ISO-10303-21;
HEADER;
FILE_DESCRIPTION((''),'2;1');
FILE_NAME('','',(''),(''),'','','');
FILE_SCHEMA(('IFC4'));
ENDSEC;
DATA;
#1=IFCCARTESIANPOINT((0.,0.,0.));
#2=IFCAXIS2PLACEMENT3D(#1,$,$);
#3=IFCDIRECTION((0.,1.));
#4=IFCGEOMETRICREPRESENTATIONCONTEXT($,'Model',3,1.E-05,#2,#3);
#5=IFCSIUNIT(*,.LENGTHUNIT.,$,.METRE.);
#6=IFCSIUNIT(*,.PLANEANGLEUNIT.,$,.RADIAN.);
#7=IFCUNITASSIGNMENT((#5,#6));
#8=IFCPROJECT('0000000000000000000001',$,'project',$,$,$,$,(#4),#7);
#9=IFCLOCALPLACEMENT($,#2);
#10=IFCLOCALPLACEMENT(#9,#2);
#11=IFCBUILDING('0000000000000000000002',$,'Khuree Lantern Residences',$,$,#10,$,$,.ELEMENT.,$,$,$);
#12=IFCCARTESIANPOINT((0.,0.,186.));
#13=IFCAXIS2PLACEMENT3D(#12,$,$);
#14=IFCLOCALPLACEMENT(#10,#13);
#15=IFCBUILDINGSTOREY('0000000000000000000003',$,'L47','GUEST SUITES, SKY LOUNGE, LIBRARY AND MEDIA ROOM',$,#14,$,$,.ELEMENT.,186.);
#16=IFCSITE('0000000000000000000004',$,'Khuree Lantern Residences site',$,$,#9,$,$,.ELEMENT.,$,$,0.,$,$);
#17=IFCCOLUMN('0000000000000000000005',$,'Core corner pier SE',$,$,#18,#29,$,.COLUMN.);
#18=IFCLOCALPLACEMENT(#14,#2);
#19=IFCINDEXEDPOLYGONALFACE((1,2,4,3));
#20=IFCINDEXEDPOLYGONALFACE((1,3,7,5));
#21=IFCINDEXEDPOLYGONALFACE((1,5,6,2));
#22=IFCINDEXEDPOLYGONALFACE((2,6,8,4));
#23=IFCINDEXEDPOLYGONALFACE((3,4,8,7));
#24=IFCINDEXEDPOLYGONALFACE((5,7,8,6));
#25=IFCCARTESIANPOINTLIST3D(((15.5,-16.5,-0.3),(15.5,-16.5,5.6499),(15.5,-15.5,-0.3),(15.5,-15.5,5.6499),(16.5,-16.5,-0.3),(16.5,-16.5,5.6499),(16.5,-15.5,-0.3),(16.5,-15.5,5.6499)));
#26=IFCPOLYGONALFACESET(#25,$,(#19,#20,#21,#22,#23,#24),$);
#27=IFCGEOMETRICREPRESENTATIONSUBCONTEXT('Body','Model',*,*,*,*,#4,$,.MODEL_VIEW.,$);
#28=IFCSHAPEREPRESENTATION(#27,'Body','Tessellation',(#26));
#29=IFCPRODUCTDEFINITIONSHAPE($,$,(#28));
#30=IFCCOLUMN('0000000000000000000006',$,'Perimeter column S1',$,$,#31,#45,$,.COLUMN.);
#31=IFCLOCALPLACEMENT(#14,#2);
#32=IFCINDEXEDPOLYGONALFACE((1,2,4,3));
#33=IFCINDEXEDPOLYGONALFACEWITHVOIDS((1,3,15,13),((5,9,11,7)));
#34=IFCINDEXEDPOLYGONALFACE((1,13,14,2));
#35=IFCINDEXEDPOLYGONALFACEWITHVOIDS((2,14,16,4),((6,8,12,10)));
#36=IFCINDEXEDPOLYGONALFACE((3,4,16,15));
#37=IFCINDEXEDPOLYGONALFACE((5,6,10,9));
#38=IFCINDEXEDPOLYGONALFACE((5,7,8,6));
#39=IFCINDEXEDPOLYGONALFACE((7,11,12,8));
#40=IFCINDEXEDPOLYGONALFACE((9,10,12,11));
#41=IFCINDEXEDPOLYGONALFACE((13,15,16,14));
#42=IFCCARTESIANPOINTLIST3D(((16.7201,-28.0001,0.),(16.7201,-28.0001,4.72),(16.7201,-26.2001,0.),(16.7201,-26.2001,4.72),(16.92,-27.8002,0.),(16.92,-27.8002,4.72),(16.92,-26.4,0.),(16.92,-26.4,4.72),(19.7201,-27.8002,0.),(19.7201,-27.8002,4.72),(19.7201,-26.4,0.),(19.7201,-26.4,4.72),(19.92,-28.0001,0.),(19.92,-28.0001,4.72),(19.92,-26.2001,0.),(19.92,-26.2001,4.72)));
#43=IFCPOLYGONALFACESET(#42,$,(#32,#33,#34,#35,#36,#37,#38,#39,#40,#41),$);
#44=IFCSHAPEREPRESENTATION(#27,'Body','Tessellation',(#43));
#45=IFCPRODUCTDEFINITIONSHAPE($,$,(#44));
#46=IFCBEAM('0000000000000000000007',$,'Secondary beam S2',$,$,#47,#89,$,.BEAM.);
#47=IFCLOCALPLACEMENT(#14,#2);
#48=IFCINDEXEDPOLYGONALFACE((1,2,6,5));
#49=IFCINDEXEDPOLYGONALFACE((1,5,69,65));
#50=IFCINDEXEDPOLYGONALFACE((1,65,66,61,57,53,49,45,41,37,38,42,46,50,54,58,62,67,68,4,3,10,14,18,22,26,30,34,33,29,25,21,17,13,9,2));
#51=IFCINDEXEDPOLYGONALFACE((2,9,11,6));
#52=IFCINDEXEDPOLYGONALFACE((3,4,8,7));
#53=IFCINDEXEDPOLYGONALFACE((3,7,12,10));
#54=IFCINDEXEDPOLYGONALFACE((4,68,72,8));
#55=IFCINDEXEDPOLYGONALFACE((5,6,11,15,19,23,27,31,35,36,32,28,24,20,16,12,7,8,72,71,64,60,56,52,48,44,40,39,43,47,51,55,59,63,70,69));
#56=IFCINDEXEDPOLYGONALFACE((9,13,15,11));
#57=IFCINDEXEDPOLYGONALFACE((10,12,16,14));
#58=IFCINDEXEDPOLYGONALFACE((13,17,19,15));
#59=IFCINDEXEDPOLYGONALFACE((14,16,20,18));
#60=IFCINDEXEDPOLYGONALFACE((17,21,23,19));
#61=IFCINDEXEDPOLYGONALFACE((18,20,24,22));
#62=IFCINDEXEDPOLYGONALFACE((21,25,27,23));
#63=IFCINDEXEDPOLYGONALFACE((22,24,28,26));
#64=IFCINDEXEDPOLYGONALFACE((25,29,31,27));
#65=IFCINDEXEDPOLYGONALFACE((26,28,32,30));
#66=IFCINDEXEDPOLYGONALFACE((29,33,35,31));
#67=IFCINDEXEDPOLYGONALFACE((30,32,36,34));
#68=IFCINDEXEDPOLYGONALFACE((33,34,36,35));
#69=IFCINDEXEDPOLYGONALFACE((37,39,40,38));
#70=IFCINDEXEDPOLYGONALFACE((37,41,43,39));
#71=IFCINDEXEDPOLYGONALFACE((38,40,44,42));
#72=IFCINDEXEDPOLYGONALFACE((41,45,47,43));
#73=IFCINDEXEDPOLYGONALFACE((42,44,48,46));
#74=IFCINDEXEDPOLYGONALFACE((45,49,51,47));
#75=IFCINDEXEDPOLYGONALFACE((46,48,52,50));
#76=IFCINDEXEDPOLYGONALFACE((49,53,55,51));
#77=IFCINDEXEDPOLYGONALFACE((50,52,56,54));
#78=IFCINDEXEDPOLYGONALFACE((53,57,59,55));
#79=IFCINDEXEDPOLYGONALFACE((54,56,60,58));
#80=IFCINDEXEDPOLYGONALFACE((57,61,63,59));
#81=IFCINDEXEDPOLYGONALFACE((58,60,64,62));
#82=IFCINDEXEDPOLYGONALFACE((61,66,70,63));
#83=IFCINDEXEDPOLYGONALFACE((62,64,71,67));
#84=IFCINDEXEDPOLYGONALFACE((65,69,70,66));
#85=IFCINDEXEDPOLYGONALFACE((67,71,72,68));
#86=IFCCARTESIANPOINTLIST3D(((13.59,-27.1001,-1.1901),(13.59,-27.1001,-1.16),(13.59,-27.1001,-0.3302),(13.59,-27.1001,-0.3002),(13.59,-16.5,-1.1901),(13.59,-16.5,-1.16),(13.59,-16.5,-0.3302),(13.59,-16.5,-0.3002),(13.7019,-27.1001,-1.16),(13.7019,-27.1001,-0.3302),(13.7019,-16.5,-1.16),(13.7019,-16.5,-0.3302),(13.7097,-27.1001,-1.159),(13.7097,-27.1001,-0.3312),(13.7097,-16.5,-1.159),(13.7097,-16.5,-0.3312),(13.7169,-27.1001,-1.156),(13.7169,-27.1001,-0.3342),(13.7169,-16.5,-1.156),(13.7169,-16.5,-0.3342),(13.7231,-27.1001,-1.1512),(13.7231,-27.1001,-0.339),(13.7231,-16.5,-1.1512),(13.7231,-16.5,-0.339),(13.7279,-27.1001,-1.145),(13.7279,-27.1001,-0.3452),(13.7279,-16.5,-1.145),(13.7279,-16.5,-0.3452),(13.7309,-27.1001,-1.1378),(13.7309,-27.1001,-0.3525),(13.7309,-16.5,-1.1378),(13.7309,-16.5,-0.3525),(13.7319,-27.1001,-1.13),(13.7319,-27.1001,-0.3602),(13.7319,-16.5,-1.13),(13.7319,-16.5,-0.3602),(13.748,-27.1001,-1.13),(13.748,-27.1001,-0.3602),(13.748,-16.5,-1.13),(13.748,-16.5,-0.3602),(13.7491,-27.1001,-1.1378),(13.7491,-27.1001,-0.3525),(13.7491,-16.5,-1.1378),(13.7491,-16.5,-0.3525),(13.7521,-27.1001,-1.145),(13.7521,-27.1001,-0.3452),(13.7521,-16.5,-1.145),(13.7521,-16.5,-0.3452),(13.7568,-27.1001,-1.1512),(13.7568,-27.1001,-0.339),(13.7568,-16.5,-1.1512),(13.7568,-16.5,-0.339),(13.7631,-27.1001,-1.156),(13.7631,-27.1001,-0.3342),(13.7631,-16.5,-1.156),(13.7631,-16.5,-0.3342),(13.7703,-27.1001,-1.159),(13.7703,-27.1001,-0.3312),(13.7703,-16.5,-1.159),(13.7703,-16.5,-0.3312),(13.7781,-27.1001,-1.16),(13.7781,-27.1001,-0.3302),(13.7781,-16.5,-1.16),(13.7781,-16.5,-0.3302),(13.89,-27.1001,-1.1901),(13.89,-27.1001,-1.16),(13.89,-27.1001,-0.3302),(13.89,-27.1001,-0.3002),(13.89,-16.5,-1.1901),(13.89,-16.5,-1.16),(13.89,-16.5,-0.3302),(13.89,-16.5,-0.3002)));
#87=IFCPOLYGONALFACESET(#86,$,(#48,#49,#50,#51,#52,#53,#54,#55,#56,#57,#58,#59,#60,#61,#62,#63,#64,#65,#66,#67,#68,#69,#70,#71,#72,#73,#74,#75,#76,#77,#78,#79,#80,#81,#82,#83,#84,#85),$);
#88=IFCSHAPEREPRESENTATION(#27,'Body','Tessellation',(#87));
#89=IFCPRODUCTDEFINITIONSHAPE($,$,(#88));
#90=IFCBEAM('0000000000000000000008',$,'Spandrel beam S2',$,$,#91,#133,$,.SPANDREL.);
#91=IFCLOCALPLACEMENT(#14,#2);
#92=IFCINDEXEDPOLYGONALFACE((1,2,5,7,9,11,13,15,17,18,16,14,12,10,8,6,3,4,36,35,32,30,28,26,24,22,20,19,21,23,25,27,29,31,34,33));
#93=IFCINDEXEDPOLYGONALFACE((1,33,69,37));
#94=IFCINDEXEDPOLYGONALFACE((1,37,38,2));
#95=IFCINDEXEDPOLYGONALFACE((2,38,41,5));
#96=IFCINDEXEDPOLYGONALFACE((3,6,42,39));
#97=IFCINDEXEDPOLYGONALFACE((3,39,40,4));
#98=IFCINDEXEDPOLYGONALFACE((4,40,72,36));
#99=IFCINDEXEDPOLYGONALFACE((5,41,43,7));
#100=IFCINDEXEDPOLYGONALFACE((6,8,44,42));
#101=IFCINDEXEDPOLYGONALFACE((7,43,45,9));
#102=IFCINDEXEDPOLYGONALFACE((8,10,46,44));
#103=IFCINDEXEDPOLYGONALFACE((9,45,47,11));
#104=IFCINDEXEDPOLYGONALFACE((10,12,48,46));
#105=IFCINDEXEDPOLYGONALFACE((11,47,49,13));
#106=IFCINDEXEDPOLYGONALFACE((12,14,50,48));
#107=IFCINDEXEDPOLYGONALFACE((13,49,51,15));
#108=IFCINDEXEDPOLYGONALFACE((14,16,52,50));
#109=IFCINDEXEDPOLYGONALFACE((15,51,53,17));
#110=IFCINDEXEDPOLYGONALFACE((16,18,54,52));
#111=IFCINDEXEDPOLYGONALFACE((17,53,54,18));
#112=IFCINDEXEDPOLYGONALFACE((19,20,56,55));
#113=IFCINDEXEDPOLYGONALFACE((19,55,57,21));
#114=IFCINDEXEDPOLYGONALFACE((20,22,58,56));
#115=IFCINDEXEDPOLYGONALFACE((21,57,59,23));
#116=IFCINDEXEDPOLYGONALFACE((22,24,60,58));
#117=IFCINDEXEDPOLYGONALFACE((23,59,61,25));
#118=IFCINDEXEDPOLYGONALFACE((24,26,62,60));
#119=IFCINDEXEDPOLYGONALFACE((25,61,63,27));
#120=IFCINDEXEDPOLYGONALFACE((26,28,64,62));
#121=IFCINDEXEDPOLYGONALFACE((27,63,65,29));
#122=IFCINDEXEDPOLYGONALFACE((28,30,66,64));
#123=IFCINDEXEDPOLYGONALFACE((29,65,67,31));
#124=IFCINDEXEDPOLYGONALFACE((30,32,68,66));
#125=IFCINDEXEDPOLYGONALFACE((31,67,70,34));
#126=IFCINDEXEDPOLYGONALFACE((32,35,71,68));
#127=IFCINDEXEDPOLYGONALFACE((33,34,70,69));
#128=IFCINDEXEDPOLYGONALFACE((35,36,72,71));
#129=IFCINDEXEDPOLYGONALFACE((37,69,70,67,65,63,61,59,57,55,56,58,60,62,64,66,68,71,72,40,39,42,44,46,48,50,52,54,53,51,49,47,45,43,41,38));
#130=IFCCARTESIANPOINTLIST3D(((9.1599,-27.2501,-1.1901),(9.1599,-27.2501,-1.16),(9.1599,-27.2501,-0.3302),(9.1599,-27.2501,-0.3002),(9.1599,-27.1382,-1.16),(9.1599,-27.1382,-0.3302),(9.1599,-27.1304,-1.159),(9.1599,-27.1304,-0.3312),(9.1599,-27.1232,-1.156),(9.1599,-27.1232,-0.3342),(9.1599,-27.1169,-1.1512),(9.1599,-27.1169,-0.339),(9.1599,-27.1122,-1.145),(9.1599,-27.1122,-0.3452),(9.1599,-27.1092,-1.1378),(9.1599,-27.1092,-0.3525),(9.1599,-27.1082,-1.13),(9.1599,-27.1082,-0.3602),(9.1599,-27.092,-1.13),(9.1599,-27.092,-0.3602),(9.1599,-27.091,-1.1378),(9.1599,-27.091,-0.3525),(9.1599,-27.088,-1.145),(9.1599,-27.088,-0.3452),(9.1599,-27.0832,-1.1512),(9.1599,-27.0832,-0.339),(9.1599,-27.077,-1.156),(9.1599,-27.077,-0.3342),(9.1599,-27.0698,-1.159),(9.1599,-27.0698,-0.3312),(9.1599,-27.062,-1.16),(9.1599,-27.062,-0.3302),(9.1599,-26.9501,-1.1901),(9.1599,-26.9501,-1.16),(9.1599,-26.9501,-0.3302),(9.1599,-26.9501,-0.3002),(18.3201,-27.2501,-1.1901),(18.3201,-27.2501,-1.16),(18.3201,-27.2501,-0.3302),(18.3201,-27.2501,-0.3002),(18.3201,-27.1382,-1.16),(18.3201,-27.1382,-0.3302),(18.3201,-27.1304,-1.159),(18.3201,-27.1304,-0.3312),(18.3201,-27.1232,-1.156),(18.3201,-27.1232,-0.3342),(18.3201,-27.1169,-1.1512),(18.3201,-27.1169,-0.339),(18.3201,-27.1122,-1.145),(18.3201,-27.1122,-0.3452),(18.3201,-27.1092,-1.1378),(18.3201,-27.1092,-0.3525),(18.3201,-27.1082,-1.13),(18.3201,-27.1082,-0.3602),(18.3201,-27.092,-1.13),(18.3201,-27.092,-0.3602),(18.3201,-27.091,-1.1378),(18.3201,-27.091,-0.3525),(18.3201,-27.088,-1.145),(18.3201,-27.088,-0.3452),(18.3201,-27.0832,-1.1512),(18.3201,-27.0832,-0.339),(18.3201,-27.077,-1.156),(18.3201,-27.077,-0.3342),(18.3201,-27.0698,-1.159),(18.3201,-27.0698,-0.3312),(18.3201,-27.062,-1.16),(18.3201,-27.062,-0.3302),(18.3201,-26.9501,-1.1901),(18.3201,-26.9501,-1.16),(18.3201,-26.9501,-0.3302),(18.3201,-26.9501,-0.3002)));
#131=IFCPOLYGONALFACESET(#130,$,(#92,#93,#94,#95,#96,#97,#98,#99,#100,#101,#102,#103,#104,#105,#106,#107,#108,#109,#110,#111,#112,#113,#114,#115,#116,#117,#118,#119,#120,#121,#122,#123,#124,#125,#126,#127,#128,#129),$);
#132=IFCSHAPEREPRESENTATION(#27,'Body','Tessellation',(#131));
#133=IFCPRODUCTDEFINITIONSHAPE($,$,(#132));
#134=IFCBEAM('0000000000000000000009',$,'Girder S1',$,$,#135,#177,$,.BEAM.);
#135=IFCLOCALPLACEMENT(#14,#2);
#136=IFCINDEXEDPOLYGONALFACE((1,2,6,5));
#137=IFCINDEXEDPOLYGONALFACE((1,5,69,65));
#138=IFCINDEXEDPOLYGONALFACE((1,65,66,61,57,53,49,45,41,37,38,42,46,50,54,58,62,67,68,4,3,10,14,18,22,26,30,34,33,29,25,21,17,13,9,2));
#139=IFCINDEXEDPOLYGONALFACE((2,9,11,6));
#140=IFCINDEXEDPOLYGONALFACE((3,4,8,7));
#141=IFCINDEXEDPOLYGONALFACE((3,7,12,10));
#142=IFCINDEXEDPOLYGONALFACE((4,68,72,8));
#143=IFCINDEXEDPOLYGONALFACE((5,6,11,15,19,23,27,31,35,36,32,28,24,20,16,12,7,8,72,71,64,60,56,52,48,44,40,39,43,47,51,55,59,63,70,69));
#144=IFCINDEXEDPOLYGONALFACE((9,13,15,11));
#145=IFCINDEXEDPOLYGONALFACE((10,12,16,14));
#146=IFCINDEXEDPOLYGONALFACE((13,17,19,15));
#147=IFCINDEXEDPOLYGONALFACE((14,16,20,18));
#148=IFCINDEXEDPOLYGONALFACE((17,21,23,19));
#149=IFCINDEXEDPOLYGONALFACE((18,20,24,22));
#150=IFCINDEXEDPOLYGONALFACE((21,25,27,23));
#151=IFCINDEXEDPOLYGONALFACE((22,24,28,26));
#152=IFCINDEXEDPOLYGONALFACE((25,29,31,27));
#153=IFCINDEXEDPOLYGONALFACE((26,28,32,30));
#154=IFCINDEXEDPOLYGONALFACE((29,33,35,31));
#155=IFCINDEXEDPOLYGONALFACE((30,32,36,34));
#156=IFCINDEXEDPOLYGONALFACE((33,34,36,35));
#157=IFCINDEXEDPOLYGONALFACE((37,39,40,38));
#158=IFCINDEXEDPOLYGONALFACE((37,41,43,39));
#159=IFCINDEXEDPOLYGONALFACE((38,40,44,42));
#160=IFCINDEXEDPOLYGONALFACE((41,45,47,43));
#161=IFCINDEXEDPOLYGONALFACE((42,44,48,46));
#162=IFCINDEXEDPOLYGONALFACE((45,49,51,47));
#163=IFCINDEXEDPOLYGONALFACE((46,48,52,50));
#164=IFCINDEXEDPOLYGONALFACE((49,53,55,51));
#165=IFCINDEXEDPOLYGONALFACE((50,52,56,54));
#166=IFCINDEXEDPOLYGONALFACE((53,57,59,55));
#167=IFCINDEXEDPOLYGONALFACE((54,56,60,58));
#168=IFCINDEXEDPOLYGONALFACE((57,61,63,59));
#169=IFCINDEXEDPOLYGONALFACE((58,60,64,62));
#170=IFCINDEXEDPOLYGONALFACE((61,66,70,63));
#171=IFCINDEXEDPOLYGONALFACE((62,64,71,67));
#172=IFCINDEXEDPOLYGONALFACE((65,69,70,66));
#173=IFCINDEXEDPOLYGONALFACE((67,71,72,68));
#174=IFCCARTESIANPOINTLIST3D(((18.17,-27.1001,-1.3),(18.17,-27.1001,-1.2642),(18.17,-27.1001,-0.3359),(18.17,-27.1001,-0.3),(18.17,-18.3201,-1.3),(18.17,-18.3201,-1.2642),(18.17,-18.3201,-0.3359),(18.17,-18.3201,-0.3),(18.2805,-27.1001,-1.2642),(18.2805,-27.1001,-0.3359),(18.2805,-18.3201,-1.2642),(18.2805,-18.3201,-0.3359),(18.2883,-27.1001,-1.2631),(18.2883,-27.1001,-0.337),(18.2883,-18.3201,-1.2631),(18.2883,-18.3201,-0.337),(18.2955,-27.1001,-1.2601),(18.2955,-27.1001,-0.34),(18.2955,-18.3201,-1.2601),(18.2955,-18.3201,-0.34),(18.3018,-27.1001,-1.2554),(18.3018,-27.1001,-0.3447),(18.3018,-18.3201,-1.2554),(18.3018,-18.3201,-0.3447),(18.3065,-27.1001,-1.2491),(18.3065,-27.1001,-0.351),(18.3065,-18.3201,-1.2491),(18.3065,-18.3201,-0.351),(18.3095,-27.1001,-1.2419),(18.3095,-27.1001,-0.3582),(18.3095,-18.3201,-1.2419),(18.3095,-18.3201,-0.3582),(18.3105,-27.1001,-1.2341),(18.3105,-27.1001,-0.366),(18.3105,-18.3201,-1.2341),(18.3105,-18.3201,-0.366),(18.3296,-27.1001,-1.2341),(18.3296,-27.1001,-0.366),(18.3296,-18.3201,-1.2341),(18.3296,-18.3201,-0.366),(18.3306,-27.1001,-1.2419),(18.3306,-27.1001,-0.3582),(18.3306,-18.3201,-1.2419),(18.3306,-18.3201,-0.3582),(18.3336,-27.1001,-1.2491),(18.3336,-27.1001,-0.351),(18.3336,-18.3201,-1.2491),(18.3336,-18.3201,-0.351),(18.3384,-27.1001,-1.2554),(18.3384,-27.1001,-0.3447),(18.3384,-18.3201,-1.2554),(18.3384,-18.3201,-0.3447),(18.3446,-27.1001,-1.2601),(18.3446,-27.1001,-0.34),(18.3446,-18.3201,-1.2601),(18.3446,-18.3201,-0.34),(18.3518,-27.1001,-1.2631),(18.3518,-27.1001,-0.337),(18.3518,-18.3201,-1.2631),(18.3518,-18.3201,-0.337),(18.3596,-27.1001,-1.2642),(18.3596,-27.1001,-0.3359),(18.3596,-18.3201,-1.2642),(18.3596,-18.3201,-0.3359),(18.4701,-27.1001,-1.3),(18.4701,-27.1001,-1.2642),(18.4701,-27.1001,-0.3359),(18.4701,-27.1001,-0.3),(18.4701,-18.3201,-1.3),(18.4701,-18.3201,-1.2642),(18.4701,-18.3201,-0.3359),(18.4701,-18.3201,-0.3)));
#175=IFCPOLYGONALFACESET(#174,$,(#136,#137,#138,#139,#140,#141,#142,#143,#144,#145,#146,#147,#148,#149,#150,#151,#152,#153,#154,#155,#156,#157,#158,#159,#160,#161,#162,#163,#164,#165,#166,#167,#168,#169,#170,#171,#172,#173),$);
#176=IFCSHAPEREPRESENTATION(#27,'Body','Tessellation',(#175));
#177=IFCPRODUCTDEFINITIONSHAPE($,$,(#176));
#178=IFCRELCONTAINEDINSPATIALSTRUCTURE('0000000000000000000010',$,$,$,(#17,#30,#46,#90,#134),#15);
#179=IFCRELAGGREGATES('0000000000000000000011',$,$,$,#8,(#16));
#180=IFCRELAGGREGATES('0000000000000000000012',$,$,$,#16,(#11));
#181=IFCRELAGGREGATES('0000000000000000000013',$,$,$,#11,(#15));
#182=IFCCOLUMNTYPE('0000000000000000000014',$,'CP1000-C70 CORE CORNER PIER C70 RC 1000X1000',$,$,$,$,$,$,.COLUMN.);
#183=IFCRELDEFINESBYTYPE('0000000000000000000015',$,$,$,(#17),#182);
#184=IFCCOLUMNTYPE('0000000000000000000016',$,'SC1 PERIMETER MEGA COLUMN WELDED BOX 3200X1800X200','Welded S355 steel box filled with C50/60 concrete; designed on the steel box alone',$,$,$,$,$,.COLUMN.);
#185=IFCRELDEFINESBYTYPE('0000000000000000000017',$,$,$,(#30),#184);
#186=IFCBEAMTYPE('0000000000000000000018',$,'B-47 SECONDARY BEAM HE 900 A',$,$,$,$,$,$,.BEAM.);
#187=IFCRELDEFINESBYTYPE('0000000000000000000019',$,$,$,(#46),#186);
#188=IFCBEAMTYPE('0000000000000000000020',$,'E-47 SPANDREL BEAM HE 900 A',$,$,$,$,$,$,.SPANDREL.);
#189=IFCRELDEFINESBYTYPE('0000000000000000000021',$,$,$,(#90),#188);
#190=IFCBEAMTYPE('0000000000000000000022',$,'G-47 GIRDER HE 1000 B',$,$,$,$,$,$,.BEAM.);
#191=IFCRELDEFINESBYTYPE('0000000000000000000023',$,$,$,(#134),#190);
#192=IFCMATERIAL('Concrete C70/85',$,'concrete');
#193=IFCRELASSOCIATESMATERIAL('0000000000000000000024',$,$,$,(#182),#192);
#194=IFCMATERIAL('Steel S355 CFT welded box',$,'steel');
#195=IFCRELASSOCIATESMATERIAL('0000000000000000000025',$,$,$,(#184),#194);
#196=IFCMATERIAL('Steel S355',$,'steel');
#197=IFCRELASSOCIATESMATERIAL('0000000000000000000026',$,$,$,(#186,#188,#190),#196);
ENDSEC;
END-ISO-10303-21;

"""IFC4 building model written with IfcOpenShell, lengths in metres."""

from ifc_helpers import new_model, si_unit, direction, frame, origin, origin_2d, place, context, subcontext, project, spatial, rectangle, hollow_rectangle, i_section, extrude, material, material_profile, profile_set, type_object, element, save


model = new_model("IFC4")

# Units and contexts
model_context = context("Model", 3, precision=1e-05, world=origin(), true_north=direction((0.0, 1.0)))
body_context = subcontext(model_context, "Body", "Model", "MODEL_VIEW")
ifc_project = project(units=[si_unit("LENGTHUNIT", "METRE"), si_unit("PLANEANGLEUNIT", "RADIAN")], contexts=[model_context])

# Site, building, storey
site_placement = place(None, origin())
site = spatial("IfcSite", under=ifc_project, at=site_placement, Name="Khuree Lantern Residences site", CompositionType="ELEMENT", RefElevation=0.0)
building_placement = place(site_placement, origin())
building = spatial("IfcBuilding", under=site, at=building_placement, Name="Khuree Lantern Residences", CompositionType="ELEMENT")
storey_placement = place(building_placement, frame((0.0, 0.0, 186.0)))
storey = spatial("IfcBuildingStorey", under=building, at=storey_placement, Name="L47", Description="GUEST SUITES, SKY LOUNGE, LIBRARY AND MEDIA ROOM", CompositionType="ELEMENT", Elevation=186.0)

# Columns
ifc_material_1 = material(Name="Concrete C70/85", Category="concrete")
ifc_material_profile_1 = material_profile(ifc_material_1, rectangle(XDim=1.0, YDim=1.0, at=origin_2d()), Name="RC 1000X1000")
ifc_profile_set_1 = profile_set([ifc_material_profile_1], Name="Concrete C70/85")
column_type_1 = type_object("IfcColumnType", Name="CP1000-C70 CORE CORNER PIER C70 RC 1000X1000", PredefinedType="COLUMN", material=ifc_profile_set_1)
column_1_placement = place(storey_placement, frame((16.0, -16.0, -0.3), z_axis=(0.0, 0.0, 1.0), x_axis=(1.0, 0.0, 0.0)))
element("IfcColumn", 1, at=column_1_placement, inside=storey, type_object=column_type_1, Name="Core corner pier SE", PredefinedType="COLUMN", context=body_context, shape_type="SweptSolid", body=[
    extrude(rectangle(XDim=1.0, YDim=1.0, at=origin_2d()), origin(), (0.0, 0.0, 1.0), 5.95),
])
ifc_material_2 = material(Name="Steel S355 CFT welded box", Category="steel")
ifc_material_profile_2 = material_profile(ifc_material_2, hollow_rectangle(XDim=3.2, YDim=1.8, WallThickness=0.2, at=origin_2d()), Name="WELDED BOX 3200X1800X200")
ifc_profile_set_2 = profile_set([ifc_material_profile_2], Name="Steel S355 CFT welded box")
column_type_2 = type_object("IfcColumnType", Name="SC1 PERIMETER MEGA COLUMN WELDED BOX 3200X1800X200", Description="Welded S355 steel box filled with C50/60 concrete; designed on the steel box alone", PredefinedType="COLUMN", material=ifc_profile_set_2)
column_2_placement = place(storey_placement, frame((18.3201, -27.1001, 0.0), z_axis=(0.0, 0.0, 1.0), x_axis=(1.0, 0.0, 0.0)))
element("IfcColumn", 2, at=column_2_placement, inside=storey, type_object=column_type_2, Name="Perimeter column S1", PredefinedType="COLUMN", context=body_context, shape_type="SweptSolid", body=[
    extrude(hollow_rectangle(XDim=3.2, YDim=1.8, WallThickness=0.2, at=origin_2d()), origin(), (0.0, 0.0, 1.0), 4.72),
])

# Beams
ifc_material_3 = material(Name="Steel S355", Category="steel")
ifc_material_profile_3 = material_profile(ifc_material_3, i_section(OverallWidth=0.3, OverallDepth=0.8899, WebThickness=0.0161, FlangeThickness=0.03, FilletRadius=0.03, at=origin_2d()), Name="HE 900 A")
ifc_profile_set_3 = profile_set([ifc_material_profile_3], Name="Steel S355")
beam_type_1 = type_object("IfcBeamType", Name="B-47 SECONDARY BEAM HE 900 A", PredefinedType="BEAM", material=ifc_profile_set_3)
beam_1_placement = place(storey_placement, frame((13.74, -27.1001, -0.7451), z_axis=(0.0, 1.0, 0.0), x_axis=(-1.0, 0.0, 0.0)))
element("IfcBeam", 3, at=beam_1_placement, inside=storey, type_object=beam_type_1, Name="Secondary beam S2", PredefinedType="BEAM", context=body_context, shape_type="SweptSolid", body=[
    extrude(i_section(OverallWidth=0.3, OverallDepth=0.8899, WebThickness=0.0161, FlangeThickness=0.03, FilletRadius=0.03, at=origin_2d()), origin(), (0.0, 0.0, 1.0), 10.6001),
])
ifc_material_profile_4 = material_profile(ifc_material_3, i_section(OverallWidth=0.3, OverallDepth=0.8899, WebThickness=0.0161, FlangeThickness=0.03, FilletRadius=0.03, at=origin_2d()), Name="HE 900 A")
ifc_profile_set_4 = profile_set([ifc_material_profile_4], Name="Steel S355")
beam_type_2 = type_object("IfcBeamType", Name="E-47 SPANDREL BEAM HE 900 A", PredefinedType="SPANDREL", material=ifc_profile_set_4)
beam_2_placement = place(storey_placement, frame((18.3201, -27.1001, -0.7451), z_axis=(-1.0, 0.0, 0.0), x_axis=(0.0, -1.0, 0.0)))
element("IfcBeam", 4, at=beam_2_placement, inside=storey, type_object=beam_type_2, Name="Spandrel beam S2", PredefinedType="SPANDREL", context=body_context, shape_type="SweptSolid", body=[
    extrude(i_section(OverallWidth=0.3, OverallDepth=0.8899, WebThickness=0.0161, FlangeThickness=0.03, FilletRadius=0.03, at=origin_2d()), origin(), (0.0, 0.0, 1.0), 9.1602),
])
ifc_material_profile_5 = material_profile(ifc_material_3, i_section(OverallWidth=0.3, OverallDepth=1.0, WebThickness=0.019, FlangeThickness=0.0359, FilletRadius=0.03, at=origin_2d()), Name="HE 1000 B")
ifc_profile_set_5 = profile_set([ifc_material_profile_5], Name="Steel S355")
beam_type_3 = type_object("IfcBeamType", Name="G-47 GIRDER HE 1000 B", PredefinedType="BEAM", material=ifc_profile_set_5)
beam_3_placement = place(storey_placement, frame((18.3201, -27.1001, -0.8), z_axis=(0.0, 1.0, 0.0), x_axis=(-1.0, 0.0, 0.0)))
element("IfcBeam", 5, at=beam_3_placement, inside=storey, type_object=beam_type_3, Name="Girder S1", PredefinedType="BEAM", context=body_context, shape_type="SweptSolid", body=[
    extrude(i_section(OverallWidth=0.3, OverallDepth=1.0, WebThickness=0.019, FlangeThickness=0.0359, FilletRadius=0.03, at=origin_2d()), origin(), (0.0, 0.0, 1.0), 8.78),
])

save(model, "model.ifc")
